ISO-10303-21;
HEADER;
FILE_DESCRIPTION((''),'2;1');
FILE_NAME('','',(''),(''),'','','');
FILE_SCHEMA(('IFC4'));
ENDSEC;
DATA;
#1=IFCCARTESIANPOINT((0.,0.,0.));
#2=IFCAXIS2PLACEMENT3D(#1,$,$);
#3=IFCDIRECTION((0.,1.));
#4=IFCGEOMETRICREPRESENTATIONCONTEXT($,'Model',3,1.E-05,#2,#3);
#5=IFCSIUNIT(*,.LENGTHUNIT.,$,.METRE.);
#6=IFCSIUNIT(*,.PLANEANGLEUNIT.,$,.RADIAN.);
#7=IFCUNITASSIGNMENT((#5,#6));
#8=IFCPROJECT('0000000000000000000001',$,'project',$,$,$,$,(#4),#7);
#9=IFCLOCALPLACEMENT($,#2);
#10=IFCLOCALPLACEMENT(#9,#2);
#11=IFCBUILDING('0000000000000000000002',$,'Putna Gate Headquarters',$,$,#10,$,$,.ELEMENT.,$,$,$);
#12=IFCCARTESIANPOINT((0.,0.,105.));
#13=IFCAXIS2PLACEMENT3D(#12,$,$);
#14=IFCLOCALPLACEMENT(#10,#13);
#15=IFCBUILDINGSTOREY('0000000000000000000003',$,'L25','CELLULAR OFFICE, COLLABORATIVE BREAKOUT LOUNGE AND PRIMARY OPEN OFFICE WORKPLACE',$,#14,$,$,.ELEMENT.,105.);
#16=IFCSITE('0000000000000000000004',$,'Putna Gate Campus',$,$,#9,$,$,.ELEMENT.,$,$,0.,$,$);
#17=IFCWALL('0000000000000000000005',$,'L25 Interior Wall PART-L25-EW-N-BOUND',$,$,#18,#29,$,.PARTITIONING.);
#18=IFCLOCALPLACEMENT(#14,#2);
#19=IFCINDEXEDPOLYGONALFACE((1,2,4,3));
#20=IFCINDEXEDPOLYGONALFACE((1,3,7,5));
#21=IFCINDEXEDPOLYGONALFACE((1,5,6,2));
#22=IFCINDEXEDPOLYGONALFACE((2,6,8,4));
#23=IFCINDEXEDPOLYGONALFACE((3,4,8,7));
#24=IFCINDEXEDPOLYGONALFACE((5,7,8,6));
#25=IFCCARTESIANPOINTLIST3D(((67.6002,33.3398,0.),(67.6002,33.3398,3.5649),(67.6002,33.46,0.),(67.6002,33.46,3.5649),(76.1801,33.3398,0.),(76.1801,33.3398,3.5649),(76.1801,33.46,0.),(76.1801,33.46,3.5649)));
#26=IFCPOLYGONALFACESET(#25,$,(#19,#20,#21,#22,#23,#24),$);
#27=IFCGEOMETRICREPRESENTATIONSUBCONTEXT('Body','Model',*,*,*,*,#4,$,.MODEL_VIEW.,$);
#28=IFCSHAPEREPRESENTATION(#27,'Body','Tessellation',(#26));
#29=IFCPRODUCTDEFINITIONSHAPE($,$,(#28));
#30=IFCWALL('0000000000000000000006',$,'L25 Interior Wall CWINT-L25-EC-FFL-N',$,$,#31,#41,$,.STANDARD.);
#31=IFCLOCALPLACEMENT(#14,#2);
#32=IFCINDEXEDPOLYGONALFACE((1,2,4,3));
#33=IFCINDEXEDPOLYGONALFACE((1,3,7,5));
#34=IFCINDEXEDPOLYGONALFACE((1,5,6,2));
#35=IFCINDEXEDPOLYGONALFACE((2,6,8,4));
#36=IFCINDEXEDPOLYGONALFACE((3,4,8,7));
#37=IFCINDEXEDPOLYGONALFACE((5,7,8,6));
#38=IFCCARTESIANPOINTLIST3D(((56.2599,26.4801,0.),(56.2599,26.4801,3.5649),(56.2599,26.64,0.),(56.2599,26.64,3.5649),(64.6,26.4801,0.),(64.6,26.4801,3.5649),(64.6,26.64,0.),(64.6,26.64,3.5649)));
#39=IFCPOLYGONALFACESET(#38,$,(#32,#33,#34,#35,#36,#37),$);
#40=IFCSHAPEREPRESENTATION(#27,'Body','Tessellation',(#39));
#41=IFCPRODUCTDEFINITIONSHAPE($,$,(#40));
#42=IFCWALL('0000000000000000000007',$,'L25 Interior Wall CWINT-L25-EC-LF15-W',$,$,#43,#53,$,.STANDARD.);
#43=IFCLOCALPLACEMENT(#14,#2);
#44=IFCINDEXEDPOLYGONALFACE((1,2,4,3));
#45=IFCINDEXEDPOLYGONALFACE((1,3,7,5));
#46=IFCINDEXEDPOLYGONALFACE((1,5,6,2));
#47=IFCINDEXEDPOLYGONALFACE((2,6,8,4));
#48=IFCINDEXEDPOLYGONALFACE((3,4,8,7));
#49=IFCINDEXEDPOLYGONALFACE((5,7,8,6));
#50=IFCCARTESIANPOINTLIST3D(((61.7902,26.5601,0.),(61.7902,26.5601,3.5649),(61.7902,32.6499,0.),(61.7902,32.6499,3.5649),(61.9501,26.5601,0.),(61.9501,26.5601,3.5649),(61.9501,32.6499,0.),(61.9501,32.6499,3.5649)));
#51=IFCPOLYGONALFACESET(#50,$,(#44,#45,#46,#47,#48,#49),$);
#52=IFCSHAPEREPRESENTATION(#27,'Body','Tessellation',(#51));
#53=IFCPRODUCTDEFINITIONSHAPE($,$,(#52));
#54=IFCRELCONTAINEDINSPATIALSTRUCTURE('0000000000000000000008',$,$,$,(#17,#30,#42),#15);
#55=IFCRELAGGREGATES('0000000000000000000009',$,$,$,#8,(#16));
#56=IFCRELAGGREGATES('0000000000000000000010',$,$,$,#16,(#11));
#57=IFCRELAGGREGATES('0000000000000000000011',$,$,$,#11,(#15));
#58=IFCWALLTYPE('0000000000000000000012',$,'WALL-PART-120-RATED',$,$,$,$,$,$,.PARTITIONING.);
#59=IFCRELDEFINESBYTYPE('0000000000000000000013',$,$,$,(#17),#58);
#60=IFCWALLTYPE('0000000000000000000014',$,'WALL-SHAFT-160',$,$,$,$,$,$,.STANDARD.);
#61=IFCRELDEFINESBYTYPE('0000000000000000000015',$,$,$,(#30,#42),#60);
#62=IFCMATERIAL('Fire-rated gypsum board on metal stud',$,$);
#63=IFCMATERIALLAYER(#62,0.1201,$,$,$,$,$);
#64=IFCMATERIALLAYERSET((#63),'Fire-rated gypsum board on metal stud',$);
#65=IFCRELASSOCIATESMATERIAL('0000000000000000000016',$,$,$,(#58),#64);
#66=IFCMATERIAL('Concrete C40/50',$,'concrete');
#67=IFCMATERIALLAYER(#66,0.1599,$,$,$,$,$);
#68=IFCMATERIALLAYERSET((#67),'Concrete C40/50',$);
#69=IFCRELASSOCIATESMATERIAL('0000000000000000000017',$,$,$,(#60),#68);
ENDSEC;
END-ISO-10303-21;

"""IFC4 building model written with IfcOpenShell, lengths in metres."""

from ifc_helpers import new_model, si_unit, direction, frame, frame_2d, origin, place, context, subcontext, project, spatial, rectangle, extrude, material, layer, layer_set, type_object, element, save


model = new_model("IFC4")

# Units and contexts
model_context = context("Model", 3, precision=1e-05, world=origin(), true_north=direction((0.0, 1.0)))
body_context = subcontext(model_context, "Body", "Model", "MODEL_VIEW")
ifc_project = project(units=[si_unit("LENGTHUNIT", "METRE"), si_unit("PLANEANGLEUNIT", "RADIAN")], contexts=[model_context])

# Site, building, storey
site_placement = place(None, origin())
site = spatial("IfcSite", under=ifc_project, at=site_placement, Name="Putna Gate Campus", CompositionType="ELEMENT", RefElevation=0.0)
building_placement = place(site_placement, origin())
building = spatial("IfcBuilding", under=site, at=building_placement, Name="Putna Gate Headquarters", CompositionType="ELEMENT")
storey_placement = place(building_placement, frame((0.0, 0.0, 105.0)))
storey = spatial("IfcBuildingStorey", under=building, at=storey_placement, Name="L25", Description="CELLULAR OFFICE, COLLABORATIVE BREAKOUT LOUNGE AND PRIMARY OPEN OFFICE WORKPLACE", CompositionType="ELEMENT", Elevation=105.0)

# Shared definitions
ifc_material_1 = material(Name="Fire-rated gypsum board on metal stud")
ifc_layer_1 = layer(ifc_material_1, 0.1201)
ifc_layer_set_1 = layer_set([ifc_layer_1], Name="Fire-rated gypsum board on metal stud")
wall_type_1 = type_object("IfcWallType", Name="WALL-PART-120-RATED", PredefinedType="PARTITIONING", material=ifc_layer_set_1)

# Walls
wall_1_placement = place(storey_placement, frame((67.6001, 33.3999, 0.0), z_axis=(0.0, 0.0, 1.0), x_axis=(1.0, 0.0, 0.0)))
element("IfcWall", 1, at=wall_1_placement, inside=storey, type_object=wall_type_1, Name="L25 Interior Wall PART-L25-EW-N-BOUND", PredefinedType="PARTITIONING", context=body_context, shape_type="SweptSolid", body=[
    extrude(rectangle(XDim=8.5798, YDim=0.1201, at=frame_2d((4.29, 0.0))), origin(), (0.0, 0.0, 1.0), 3.5649),
])
ifc_material_2 = material(Name="Concrete C40/50", Category="concrete")
ifc_layer_2 = layer(ifc_material_2, 0.1599)
ifc_layer_set_2 = layer_set([ifc_layer_2], Name="Concrete C40/50")
wall_type_2 = type_object("IfcWallType", Name="WALL-SHAFT-160", PredefinedType="STANDARD", material=ifc_layer_set_2)
wall_2_placement = place(storey_placement, frame((56.26, 26.5601, 0.0), z_axis=(0.0, 0.0, 1.0), x_axis=(1.0, 0.0, 0.0)))
element("IfcWall", 2, at=wall_2_placement, inside=storey, type_object=wall_type_2, Name="L25 Interior Wall CWINT-L25-EC-FFL-N", PredefinedType="STANDARD", context=body_context, shape_type="SweptSolid", body=[
    extrude(rectangle(XDim=8.3401, YDim=0.1599, at=frame_2d((4.1699, 0.0))), origin(), (0.0, 0.0, 1.0), 3.5649),
])
wall_3_placement = place(storey_placement, frame((61.8701, 26.5601, 0.0), z_axis=(0.0, 0.0, 1.0), x_axis=(0.0, 1.0, 0.0)))
element("IfcWall", 3, at=wall_3_placement, inside=storey, type_object=wall_type_2, Name="L25 Interior Wall CWINT-L25-EC-LF15-W", PredefinedType="STANDARD", context=body_context, shape_type="SweptSolid", body=[
    extrude(rectangle(XDim=6.0898, YDim=0.1599, at=frame_2d((3.0449, 0.0))), origin(), (0.0, 0.0, 1.0), 3.5649),
])

save(model, "model.ifc")
